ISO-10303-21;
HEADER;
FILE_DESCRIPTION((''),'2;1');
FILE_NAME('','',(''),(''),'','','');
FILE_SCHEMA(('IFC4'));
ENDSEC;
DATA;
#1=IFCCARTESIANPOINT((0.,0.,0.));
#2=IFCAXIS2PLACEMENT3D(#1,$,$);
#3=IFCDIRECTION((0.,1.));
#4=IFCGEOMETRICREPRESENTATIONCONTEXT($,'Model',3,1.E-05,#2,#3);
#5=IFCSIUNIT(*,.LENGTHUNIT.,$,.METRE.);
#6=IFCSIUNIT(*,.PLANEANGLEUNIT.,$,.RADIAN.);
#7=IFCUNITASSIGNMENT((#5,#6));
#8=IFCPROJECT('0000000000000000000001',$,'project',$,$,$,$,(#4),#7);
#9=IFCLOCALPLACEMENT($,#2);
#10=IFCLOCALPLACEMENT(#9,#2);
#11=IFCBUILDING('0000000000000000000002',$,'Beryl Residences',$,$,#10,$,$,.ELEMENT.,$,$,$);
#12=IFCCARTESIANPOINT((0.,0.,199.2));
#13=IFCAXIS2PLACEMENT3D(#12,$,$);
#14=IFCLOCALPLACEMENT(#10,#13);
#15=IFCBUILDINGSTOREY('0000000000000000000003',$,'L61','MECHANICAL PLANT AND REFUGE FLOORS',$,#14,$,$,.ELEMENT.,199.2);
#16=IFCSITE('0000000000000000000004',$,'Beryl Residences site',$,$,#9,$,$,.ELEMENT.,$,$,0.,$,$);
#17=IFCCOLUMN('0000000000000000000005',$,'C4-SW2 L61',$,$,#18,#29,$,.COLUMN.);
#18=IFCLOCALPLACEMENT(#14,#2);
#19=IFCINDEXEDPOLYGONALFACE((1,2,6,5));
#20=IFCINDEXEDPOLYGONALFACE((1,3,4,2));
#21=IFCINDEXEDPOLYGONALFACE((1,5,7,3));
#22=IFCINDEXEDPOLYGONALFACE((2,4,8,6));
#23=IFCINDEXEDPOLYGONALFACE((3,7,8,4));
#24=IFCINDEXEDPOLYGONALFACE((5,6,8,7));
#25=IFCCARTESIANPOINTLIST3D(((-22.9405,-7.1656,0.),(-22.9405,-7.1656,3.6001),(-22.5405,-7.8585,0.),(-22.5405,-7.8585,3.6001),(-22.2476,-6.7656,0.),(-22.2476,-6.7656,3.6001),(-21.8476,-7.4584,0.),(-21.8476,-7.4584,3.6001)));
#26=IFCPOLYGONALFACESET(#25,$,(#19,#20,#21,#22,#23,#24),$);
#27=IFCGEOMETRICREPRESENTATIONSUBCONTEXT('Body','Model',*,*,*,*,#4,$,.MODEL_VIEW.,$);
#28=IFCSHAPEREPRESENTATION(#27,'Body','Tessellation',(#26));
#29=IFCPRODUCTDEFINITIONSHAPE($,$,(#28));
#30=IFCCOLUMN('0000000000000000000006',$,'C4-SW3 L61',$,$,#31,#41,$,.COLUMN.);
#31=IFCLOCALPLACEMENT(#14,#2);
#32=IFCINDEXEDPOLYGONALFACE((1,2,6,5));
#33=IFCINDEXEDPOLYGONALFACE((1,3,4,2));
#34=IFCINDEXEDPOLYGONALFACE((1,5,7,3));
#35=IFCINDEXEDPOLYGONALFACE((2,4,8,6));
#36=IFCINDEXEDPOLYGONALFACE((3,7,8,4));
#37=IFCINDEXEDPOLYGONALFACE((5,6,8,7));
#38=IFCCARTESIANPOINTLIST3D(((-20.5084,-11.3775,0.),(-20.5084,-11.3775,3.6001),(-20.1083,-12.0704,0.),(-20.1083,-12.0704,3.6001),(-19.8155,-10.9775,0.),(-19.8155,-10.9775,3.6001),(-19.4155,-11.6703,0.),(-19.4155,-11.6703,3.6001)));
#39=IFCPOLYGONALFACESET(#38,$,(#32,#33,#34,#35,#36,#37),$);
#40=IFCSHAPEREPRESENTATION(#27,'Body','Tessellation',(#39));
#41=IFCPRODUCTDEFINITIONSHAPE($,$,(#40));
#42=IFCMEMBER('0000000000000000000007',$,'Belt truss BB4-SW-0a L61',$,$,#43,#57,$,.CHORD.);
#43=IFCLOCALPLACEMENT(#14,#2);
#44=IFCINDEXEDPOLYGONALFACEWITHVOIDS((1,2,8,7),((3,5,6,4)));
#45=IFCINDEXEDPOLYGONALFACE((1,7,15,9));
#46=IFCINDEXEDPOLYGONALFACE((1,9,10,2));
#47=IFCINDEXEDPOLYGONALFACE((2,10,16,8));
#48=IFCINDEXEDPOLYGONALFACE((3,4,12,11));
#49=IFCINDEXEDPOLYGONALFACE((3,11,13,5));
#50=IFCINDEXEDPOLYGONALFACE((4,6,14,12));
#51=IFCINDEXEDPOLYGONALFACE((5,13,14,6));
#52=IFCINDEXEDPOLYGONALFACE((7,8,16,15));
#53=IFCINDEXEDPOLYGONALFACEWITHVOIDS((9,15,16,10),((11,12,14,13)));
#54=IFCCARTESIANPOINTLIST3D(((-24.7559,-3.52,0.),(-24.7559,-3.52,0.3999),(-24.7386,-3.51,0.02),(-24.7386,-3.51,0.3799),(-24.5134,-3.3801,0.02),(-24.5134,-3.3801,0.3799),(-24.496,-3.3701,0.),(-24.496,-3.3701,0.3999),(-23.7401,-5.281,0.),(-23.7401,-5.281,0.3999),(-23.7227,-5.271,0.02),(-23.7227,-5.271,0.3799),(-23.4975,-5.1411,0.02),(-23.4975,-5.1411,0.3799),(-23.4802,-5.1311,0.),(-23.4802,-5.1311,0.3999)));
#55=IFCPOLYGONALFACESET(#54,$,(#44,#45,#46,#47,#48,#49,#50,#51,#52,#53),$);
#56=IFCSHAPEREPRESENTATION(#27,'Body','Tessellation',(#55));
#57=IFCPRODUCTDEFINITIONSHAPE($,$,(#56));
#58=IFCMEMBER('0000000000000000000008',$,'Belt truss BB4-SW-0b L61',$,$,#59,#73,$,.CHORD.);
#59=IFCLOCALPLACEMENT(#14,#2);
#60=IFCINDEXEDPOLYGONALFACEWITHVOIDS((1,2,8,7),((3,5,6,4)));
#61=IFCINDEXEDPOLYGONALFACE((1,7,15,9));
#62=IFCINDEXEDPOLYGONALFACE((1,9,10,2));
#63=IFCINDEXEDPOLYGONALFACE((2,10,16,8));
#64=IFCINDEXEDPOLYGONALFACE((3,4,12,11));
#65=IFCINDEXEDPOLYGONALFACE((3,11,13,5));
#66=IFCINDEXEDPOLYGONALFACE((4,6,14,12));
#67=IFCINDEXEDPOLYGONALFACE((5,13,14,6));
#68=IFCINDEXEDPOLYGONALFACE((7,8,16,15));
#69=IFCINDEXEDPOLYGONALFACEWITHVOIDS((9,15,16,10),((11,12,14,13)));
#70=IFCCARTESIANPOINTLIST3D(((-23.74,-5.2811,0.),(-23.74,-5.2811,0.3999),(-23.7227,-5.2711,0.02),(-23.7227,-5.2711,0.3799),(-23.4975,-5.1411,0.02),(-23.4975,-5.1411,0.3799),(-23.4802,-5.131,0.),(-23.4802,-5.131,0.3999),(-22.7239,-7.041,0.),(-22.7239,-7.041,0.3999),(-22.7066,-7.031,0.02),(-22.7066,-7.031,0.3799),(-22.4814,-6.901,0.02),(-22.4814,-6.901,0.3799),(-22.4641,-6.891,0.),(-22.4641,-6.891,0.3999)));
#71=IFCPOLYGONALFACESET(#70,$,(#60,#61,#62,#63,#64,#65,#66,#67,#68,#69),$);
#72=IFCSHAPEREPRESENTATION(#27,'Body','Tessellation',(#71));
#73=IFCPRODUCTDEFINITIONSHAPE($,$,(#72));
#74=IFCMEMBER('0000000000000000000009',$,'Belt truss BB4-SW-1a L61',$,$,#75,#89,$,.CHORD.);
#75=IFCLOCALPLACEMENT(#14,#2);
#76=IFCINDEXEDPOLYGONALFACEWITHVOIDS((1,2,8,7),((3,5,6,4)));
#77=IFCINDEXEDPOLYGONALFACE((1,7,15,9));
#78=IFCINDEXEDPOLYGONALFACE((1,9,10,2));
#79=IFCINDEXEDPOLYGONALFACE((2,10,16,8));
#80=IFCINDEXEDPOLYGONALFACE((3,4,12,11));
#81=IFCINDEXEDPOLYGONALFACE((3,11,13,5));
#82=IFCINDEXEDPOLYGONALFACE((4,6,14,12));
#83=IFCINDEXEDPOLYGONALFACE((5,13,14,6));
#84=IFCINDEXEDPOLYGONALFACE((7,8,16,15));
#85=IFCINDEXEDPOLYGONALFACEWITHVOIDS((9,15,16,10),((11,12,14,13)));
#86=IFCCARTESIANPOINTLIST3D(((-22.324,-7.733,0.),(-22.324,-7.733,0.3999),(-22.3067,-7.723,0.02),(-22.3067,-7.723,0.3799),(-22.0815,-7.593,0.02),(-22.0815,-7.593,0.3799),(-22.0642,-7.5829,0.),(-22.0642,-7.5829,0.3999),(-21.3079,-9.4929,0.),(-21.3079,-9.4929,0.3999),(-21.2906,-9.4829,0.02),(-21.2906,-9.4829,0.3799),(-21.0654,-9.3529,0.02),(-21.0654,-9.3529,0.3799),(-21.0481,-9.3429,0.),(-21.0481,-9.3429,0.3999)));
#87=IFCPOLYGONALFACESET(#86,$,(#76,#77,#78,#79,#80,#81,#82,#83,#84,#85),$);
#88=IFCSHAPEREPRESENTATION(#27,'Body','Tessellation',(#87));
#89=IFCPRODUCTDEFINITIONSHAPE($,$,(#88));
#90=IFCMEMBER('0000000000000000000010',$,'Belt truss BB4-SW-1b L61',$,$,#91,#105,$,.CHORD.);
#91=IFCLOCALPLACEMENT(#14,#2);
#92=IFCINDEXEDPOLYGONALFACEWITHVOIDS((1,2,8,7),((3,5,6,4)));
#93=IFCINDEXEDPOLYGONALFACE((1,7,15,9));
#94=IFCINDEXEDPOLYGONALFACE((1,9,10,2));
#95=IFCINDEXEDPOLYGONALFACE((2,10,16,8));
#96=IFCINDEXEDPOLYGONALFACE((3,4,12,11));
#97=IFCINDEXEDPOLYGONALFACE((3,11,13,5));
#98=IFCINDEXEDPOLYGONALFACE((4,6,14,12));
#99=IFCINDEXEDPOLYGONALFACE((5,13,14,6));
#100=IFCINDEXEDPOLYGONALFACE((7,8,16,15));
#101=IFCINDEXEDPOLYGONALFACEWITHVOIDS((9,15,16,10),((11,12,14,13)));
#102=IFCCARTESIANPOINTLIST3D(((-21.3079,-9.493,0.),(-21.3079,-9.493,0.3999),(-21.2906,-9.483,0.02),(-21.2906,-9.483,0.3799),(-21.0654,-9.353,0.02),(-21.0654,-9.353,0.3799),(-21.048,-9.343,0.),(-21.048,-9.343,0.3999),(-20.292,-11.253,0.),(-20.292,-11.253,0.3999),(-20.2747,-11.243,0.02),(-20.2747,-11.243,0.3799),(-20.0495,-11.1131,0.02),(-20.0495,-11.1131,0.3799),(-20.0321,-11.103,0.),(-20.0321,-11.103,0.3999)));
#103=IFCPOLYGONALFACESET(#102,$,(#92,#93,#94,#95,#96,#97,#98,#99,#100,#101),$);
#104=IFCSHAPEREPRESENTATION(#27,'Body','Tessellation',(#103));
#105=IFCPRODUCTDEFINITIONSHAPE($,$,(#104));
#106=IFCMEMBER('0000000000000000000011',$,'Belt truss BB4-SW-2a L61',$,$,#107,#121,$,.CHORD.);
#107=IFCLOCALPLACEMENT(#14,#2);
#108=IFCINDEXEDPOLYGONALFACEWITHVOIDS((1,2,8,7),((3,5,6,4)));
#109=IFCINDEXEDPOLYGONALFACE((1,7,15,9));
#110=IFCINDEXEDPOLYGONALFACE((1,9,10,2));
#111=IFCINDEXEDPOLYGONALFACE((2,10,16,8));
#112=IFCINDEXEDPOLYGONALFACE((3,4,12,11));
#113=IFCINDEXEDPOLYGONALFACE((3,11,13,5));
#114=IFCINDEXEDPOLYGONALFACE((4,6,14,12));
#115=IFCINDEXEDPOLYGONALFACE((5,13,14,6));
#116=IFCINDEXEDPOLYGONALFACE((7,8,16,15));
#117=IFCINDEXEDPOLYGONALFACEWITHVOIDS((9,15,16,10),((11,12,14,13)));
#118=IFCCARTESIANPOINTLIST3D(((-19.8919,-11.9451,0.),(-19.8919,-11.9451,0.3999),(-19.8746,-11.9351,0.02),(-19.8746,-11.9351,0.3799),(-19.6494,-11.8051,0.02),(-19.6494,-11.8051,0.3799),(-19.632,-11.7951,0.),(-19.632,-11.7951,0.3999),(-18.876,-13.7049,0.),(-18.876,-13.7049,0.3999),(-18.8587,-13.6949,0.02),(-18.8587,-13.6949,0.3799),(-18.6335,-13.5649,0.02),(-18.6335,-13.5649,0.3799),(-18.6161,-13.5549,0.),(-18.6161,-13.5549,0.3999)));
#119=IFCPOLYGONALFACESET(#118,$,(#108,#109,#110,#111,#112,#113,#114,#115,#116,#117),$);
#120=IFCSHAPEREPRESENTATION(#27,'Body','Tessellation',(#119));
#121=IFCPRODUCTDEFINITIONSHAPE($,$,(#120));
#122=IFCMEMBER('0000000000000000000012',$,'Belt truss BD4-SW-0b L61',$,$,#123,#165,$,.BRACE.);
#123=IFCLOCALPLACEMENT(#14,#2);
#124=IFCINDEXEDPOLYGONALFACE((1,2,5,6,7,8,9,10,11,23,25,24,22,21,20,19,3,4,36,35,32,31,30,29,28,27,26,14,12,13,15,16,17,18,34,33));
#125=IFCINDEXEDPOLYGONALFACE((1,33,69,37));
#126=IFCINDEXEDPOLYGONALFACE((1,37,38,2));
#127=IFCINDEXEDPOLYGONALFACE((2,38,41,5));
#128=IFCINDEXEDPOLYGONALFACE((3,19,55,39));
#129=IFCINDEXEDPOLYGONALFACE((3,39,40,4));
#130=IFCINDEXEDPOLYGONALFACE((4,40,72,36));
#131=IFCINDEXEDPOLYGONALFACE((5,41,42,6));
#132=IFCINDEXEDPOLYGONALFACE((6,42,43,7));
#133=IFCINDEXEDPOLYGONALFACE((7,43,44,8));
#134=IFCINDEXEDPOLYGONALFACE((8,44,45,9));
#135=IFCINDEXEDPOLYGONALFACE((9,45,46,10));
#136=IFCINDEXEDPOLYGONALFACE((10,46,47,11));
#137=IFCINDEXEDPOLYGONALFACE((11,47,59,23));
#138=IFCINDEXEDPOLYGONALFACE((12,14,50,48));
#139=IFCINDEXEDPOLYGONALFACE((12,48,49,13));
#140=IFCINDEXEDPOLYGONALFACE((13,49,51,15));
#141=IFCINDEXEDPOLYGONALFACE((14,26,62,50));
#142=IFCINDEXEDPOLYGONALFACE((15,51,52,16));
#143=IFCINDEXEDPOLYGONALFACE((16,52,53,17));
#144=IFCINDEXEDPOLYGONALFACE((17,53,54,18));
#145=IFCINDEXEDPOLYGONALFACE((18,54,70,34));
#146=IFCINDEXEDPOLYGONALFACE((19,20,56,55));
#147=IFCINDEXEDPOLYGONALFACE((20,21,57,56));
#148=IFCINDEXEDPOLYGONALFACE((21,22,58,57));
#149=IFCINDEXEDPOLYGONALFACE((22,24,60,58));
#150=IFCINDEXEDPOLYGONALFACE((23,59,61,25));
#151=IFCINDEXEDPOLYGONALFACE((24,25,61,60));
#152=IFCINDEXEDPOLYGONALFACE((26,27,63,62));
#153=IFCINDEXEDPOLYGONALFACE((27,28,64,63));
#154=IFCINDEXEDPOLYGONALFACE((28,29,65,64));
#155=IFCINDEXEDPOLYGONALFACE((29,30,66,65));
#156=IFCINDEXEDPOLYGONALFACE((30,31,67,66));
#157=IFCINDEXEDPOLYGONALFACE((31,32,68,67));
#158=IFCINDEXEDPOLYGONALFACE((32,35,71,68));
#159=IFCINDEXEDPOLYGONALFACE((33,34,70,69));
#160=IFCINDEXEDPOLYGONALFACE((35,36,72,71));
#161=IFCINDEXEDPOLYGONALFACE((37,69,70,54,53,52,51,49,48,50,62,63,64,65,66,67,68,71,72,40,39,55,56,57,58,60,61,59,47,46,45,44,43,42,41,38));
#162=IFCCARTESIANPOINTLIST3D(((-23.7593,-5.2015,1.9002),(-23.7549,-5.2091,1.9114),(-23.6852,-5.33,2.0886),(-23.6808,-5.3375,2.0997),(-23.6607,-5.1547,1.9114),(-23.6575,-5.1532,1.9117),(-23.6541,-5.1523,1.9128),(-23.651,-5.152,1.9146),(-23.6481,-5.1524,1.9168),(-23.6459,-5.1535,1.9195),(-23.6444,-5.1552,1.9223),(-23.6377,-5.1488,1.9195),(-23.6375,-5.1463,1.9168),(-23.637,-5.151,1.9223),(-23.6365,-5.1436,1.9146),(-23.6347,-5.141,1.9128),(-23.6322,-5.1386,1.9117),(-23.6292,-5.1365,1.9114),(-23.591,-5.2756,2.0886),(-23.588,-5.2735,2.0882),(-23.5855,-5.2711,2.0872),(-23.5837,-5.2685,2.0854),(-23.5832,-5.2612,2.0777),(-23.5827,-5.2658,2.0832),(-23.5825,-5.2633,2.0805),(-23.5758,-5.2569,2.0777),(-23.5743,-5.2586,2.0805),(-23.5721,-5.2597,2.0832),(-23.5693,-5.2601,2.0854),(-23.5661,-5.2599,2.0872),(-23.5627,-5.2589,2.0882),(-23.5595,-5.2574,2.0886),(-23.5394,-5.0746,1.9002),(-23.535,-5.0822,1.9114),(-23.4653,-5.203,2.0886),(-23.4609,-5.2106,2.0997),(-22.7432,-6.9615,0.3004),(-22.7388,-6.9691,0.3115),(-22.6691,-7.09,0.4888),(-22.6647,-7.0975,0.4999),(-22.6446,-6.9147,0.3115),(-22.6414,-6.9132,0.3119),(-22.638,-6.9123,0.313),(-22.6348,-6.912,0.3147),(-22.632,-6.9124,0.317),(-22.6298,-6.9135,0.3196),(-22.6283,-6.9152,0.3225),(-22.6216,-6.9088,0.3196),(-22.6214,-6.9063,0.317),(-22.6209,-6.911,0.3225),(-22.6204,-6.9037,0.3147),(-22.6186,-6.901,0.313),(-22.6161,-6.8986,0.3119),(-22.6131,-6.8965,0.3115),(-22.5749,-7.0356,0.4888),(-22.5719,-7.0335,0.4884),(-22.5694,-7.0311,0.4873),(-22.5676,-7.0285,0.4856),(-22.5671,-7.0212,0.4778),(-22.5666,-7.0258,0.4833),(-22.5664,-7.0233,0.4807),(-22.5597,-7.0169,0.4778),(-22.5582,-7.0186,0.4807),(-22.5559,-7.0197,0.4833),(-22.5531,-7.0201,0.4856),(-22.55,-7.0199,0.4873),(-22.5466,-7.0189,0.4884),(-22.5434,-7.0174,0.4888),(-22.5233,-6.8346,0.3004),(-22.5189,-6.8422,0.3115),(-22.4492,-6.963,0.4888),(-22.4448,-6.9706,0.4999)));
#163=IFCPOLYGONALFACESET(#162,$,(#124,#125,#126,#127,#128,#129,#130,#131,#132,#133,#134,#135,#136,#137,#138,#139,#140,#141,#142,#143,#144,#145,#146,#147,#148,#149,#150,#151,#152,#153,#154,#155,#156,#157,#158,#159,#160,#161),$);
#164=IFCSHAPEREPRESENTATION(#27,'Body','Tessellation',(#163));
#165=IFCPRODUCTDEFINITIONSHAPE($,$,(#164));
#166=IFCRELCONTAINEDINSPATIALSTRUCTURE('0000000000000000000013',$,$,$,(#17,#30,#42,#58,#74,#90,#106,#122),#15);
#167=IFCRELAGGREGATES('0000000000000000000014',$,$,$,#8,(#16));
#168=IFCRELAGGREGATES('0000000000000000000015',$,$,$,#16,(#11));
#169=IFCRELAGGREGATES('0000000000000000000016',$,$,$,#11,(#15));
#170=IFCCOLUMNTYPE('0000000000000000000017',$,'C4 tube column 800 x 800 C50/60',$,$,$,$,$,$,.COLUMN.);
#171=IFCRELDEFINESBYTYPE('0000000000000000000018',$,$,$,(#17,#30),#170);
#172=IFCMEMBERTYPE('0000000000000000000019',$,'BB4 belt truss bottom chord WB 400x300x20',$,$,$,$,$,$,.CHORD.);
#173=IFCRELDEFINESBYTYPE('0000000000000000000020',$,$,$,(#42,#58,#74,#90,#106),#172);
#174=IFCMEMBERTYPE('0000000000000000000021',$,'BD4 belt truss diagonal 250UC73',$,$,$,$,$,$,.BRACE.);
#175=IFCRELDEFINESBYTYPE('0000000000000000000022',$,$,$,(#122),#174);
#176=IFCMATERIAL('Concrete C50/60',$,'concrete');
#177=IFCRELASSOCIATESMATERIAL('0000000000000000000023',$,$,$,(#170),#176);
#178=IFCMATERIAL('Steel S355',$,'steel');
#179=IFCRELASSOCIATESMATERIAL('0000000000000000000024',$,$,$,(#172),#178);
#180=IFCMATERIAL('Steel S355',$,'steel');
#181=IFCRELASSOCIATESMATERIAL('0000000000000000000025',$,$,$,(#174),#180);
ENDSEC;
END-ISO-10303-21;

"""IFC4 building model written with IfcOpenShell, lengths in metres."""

from ifc_helpers import new_model, si_unit, direction, frame, origin, origin_2d, place, context, subcontext, project, spatial, rectangle, hollow_rectangle, i_section, extrude, material, material_profile, profile_set, type_object, element, save


model = new_model("IFC4")

# Units and contexts
model_context = context("Model", 3, precision=1e-05, world=origin(), true_north=direction((0.0, 1.0)))
body_context = subcontext(model_context, "Body", "Model", "MODEL_VIEW")
ifc_project = project(units=[si_unit("LENGTHUNIT", "METRE"), si_unit("PLANEANGLEUNIT", "RADIAN")], contexts=[model_context])

# Site, building, storey
site_placement = place(None, origin())
site = spatial("IfcSite", under=ifc_project, at=site_placement, Name="Beryl Residences site", CompositionType="ELEMENT", RefElevation=0.0)
building_placement = place(site_placement, origin())
building = spatial("IfcBuilding", under=site, at=building_placement, Name="Beryl Residences", CompositionType="ELEMENT")
storey_placement = place(building_placement, frame((0.0, 0.0, 199.2)))
storey = spatial("IfcBuildingStorey", under=building, at=storey_placement, Name="L61", Description="MECHANICAL PLANT AND REFUGE FLOORS", CompositionType="ELEMENT", Elevation=199.2)

# Columns
ifc_material_1 = material(Name="Concrete C50/60", Category="concrete")
ifc_material_profile_1 = material_profile(ifc_material_1, rectangle(XDim=0.8, YDim=0.8, at=origin_2d()))
ifc_profile_set_1 = profile_set([ifc_material_profile_1], Name="Concrete C50/60")
column_type = type_object("IfcColumnType", Name="C4 tube column 800 x 800 C50/60", PredefinedType="COLUMN", material=ifc_profile_set_1)
for number, where, z_axis, x_axis, name in (
    (1, (-22.394, -7.312, 0.0), (0.0, 0.0, 1.0), (0.5, -0.866025, 0.0), "C4-SW2 L61"),
    (2, (-19.9619, -11.5239, 0.0), (0.0, 0.0, 1.0), (0.5, -0.866025, 0.0), "C4-SW3 L61"),
):
    element("IfcColumn", number, at=place(storey_placement, frame(where, z_axis=z_axis, x_axis=x_axis)), inside=storey, type_object=column_type, Name=name, PredefinedType="COLUMN", context=body_context, shape_type="SweptSolid", body=[
        extrude(rectangle(XDim=0.8, YDim=0.8, at=origin_2d()), origin(), (0.0, 0.0, 1.0), 3.6001),
    ])

# Members
ifc_material_2 = material(Name="Steel S355", Category="steel")
ifc_material_profile_2 = material_profile(ifc_material_2, hollow_rectangle(XDim=0.3, YDim=0.3999, WallThickness=0.02, at=origin_2d()))
ifc_profile_set_2 = profile_set([ifc_material_profile_2], Name="Steel S355")
member_type_1 = type_object("IfcMemberType", Name="BB4 belt truss bottom chord WB 400x300x20", PredefinedType="CHORD", material=ifc_profile_set_2)
member_1_placement = place(storey_placement, frame((-24.626, -3.4451, 0.2), z_axis=(0.499691, -0.866204, 0.0), x_axis=(0.866204, 0.499691, 0.0)))
element("IfcMember", 3, at=member_1_placement, inside=storey, type_object=member_type_1, Name="Belt truss BB4-SW-0a L61", PredefinedType="CHORD", context=body_context, shape_type="SweptSolid", body=[
    extrude(hollow_rectangle(XDim=0.3, YDim=0.3999, WallThickness=0.02, at=origin_2d()), origin(), (0.0, 0.0, 1.0), 2.033),
])
for number, where, z_axis, x_axis, name in (
    (4, (-23.6101, -5.2061, 0.2), (0.499989, -0.866032, 0.0), (0.866032, 0.499989, 0.0), "Belt truss BB4-SW-0b L61"),
    (5, (-22.1941, -7.658, 0.2), (0.499989, -0.866032, 0.0), (0.866032, 0.499989, 0.0), "Belt truss BB4-SW-1a L61"),
    (6, (-21.178, -9.418, 0.2), (0.499899, -0.866084, 0.0), (0.866084, 0.499899, 0.0), "Belt truss BB4-SW-1b L61"),
):
    element("IfcMember", number, at=place(storey_placement, frame(where, z_axis=z_axis, x_axis=x_axis)), inside=storey, type_object=member_type_1, Name=name, PredefinedType="CHORD", context=body_context, shape_type="SweptSolid", body=[
        extrude(hollow_rectangle(XDim=0.3, YDim=0.3999, WallThickness=0.02, at=origin_2d()), origin(), (0.0, 0.0, 1.0), 2.0322),
    ])
member_2_placement = place(storey_placement, frame((-19.762, -11.8701, 0.2), z_axis=(0.499951, -0.866054, 0.0), x_axis=(0.866054, 0.499951, 0.0)))
element("IfcMember", 7, at=member_2_placement, inside=storey, type_object=member_type_1, Name="Belt truss BB4-SW-2a L61", PredefinedType="CHORD", context=body_context, shape_type="SweptSolid", body=[
    extrude(hollow_rectangle(XDim=0.3, YDim=0.3999, WallThickness=0.02, at=origin_2d()), origin(), (0.0, 0.0, 1.0), 2.032),
])
ifc_material_3 = material(Name="Steel S355", Category="steel")
ifc_material_profile_3 = material_profile(ifc_material_3, i_section(OverallWidth=0.2539, OverallDepth=0.2539, WebThickness=0.0085, FlangeThickness=0.0142, FilletRadius=0.0139, at=origin_2d()))
ifc_profile_set_3 = profile_set([ifc_material_profile_3], Name="Steel S355")
member_type_2 = type_object("IfcMemberType", Name="BD4 belt truss diagonal 250UC73", PredefinedType="BRACE", material=ifc_profile_set_3)
for number, where, z_axis, x_axis, name in (
    (8, (-22.594, -6.9661, 0.4001), (-0.392862, 0.680477, 0.618555), (-0.866032, -0.499989, 0.0), "Belt truss BD4-SW-0b L61"),
):
    element("IfcMember", number, at=place(storey_placement, frame(where, z_axis=z_axis, x_axis=x_axis)), inside=storey, type_object=member_type_2, Name=name, PredefinedType="BRACE", context=body_context, shape_type="SweptSolid", body=[
        extrude(i_section(OverallWidth=0.2539, OverallDepth=0.2539, WebThickness=0.0085, FlangeThickness=0.0142, FilletRadius=0.0139, at=origin_2d()), origin(), (0.0, 0.0, 1.0), 2.5864),
    ])

save(model, "model.ifc")
